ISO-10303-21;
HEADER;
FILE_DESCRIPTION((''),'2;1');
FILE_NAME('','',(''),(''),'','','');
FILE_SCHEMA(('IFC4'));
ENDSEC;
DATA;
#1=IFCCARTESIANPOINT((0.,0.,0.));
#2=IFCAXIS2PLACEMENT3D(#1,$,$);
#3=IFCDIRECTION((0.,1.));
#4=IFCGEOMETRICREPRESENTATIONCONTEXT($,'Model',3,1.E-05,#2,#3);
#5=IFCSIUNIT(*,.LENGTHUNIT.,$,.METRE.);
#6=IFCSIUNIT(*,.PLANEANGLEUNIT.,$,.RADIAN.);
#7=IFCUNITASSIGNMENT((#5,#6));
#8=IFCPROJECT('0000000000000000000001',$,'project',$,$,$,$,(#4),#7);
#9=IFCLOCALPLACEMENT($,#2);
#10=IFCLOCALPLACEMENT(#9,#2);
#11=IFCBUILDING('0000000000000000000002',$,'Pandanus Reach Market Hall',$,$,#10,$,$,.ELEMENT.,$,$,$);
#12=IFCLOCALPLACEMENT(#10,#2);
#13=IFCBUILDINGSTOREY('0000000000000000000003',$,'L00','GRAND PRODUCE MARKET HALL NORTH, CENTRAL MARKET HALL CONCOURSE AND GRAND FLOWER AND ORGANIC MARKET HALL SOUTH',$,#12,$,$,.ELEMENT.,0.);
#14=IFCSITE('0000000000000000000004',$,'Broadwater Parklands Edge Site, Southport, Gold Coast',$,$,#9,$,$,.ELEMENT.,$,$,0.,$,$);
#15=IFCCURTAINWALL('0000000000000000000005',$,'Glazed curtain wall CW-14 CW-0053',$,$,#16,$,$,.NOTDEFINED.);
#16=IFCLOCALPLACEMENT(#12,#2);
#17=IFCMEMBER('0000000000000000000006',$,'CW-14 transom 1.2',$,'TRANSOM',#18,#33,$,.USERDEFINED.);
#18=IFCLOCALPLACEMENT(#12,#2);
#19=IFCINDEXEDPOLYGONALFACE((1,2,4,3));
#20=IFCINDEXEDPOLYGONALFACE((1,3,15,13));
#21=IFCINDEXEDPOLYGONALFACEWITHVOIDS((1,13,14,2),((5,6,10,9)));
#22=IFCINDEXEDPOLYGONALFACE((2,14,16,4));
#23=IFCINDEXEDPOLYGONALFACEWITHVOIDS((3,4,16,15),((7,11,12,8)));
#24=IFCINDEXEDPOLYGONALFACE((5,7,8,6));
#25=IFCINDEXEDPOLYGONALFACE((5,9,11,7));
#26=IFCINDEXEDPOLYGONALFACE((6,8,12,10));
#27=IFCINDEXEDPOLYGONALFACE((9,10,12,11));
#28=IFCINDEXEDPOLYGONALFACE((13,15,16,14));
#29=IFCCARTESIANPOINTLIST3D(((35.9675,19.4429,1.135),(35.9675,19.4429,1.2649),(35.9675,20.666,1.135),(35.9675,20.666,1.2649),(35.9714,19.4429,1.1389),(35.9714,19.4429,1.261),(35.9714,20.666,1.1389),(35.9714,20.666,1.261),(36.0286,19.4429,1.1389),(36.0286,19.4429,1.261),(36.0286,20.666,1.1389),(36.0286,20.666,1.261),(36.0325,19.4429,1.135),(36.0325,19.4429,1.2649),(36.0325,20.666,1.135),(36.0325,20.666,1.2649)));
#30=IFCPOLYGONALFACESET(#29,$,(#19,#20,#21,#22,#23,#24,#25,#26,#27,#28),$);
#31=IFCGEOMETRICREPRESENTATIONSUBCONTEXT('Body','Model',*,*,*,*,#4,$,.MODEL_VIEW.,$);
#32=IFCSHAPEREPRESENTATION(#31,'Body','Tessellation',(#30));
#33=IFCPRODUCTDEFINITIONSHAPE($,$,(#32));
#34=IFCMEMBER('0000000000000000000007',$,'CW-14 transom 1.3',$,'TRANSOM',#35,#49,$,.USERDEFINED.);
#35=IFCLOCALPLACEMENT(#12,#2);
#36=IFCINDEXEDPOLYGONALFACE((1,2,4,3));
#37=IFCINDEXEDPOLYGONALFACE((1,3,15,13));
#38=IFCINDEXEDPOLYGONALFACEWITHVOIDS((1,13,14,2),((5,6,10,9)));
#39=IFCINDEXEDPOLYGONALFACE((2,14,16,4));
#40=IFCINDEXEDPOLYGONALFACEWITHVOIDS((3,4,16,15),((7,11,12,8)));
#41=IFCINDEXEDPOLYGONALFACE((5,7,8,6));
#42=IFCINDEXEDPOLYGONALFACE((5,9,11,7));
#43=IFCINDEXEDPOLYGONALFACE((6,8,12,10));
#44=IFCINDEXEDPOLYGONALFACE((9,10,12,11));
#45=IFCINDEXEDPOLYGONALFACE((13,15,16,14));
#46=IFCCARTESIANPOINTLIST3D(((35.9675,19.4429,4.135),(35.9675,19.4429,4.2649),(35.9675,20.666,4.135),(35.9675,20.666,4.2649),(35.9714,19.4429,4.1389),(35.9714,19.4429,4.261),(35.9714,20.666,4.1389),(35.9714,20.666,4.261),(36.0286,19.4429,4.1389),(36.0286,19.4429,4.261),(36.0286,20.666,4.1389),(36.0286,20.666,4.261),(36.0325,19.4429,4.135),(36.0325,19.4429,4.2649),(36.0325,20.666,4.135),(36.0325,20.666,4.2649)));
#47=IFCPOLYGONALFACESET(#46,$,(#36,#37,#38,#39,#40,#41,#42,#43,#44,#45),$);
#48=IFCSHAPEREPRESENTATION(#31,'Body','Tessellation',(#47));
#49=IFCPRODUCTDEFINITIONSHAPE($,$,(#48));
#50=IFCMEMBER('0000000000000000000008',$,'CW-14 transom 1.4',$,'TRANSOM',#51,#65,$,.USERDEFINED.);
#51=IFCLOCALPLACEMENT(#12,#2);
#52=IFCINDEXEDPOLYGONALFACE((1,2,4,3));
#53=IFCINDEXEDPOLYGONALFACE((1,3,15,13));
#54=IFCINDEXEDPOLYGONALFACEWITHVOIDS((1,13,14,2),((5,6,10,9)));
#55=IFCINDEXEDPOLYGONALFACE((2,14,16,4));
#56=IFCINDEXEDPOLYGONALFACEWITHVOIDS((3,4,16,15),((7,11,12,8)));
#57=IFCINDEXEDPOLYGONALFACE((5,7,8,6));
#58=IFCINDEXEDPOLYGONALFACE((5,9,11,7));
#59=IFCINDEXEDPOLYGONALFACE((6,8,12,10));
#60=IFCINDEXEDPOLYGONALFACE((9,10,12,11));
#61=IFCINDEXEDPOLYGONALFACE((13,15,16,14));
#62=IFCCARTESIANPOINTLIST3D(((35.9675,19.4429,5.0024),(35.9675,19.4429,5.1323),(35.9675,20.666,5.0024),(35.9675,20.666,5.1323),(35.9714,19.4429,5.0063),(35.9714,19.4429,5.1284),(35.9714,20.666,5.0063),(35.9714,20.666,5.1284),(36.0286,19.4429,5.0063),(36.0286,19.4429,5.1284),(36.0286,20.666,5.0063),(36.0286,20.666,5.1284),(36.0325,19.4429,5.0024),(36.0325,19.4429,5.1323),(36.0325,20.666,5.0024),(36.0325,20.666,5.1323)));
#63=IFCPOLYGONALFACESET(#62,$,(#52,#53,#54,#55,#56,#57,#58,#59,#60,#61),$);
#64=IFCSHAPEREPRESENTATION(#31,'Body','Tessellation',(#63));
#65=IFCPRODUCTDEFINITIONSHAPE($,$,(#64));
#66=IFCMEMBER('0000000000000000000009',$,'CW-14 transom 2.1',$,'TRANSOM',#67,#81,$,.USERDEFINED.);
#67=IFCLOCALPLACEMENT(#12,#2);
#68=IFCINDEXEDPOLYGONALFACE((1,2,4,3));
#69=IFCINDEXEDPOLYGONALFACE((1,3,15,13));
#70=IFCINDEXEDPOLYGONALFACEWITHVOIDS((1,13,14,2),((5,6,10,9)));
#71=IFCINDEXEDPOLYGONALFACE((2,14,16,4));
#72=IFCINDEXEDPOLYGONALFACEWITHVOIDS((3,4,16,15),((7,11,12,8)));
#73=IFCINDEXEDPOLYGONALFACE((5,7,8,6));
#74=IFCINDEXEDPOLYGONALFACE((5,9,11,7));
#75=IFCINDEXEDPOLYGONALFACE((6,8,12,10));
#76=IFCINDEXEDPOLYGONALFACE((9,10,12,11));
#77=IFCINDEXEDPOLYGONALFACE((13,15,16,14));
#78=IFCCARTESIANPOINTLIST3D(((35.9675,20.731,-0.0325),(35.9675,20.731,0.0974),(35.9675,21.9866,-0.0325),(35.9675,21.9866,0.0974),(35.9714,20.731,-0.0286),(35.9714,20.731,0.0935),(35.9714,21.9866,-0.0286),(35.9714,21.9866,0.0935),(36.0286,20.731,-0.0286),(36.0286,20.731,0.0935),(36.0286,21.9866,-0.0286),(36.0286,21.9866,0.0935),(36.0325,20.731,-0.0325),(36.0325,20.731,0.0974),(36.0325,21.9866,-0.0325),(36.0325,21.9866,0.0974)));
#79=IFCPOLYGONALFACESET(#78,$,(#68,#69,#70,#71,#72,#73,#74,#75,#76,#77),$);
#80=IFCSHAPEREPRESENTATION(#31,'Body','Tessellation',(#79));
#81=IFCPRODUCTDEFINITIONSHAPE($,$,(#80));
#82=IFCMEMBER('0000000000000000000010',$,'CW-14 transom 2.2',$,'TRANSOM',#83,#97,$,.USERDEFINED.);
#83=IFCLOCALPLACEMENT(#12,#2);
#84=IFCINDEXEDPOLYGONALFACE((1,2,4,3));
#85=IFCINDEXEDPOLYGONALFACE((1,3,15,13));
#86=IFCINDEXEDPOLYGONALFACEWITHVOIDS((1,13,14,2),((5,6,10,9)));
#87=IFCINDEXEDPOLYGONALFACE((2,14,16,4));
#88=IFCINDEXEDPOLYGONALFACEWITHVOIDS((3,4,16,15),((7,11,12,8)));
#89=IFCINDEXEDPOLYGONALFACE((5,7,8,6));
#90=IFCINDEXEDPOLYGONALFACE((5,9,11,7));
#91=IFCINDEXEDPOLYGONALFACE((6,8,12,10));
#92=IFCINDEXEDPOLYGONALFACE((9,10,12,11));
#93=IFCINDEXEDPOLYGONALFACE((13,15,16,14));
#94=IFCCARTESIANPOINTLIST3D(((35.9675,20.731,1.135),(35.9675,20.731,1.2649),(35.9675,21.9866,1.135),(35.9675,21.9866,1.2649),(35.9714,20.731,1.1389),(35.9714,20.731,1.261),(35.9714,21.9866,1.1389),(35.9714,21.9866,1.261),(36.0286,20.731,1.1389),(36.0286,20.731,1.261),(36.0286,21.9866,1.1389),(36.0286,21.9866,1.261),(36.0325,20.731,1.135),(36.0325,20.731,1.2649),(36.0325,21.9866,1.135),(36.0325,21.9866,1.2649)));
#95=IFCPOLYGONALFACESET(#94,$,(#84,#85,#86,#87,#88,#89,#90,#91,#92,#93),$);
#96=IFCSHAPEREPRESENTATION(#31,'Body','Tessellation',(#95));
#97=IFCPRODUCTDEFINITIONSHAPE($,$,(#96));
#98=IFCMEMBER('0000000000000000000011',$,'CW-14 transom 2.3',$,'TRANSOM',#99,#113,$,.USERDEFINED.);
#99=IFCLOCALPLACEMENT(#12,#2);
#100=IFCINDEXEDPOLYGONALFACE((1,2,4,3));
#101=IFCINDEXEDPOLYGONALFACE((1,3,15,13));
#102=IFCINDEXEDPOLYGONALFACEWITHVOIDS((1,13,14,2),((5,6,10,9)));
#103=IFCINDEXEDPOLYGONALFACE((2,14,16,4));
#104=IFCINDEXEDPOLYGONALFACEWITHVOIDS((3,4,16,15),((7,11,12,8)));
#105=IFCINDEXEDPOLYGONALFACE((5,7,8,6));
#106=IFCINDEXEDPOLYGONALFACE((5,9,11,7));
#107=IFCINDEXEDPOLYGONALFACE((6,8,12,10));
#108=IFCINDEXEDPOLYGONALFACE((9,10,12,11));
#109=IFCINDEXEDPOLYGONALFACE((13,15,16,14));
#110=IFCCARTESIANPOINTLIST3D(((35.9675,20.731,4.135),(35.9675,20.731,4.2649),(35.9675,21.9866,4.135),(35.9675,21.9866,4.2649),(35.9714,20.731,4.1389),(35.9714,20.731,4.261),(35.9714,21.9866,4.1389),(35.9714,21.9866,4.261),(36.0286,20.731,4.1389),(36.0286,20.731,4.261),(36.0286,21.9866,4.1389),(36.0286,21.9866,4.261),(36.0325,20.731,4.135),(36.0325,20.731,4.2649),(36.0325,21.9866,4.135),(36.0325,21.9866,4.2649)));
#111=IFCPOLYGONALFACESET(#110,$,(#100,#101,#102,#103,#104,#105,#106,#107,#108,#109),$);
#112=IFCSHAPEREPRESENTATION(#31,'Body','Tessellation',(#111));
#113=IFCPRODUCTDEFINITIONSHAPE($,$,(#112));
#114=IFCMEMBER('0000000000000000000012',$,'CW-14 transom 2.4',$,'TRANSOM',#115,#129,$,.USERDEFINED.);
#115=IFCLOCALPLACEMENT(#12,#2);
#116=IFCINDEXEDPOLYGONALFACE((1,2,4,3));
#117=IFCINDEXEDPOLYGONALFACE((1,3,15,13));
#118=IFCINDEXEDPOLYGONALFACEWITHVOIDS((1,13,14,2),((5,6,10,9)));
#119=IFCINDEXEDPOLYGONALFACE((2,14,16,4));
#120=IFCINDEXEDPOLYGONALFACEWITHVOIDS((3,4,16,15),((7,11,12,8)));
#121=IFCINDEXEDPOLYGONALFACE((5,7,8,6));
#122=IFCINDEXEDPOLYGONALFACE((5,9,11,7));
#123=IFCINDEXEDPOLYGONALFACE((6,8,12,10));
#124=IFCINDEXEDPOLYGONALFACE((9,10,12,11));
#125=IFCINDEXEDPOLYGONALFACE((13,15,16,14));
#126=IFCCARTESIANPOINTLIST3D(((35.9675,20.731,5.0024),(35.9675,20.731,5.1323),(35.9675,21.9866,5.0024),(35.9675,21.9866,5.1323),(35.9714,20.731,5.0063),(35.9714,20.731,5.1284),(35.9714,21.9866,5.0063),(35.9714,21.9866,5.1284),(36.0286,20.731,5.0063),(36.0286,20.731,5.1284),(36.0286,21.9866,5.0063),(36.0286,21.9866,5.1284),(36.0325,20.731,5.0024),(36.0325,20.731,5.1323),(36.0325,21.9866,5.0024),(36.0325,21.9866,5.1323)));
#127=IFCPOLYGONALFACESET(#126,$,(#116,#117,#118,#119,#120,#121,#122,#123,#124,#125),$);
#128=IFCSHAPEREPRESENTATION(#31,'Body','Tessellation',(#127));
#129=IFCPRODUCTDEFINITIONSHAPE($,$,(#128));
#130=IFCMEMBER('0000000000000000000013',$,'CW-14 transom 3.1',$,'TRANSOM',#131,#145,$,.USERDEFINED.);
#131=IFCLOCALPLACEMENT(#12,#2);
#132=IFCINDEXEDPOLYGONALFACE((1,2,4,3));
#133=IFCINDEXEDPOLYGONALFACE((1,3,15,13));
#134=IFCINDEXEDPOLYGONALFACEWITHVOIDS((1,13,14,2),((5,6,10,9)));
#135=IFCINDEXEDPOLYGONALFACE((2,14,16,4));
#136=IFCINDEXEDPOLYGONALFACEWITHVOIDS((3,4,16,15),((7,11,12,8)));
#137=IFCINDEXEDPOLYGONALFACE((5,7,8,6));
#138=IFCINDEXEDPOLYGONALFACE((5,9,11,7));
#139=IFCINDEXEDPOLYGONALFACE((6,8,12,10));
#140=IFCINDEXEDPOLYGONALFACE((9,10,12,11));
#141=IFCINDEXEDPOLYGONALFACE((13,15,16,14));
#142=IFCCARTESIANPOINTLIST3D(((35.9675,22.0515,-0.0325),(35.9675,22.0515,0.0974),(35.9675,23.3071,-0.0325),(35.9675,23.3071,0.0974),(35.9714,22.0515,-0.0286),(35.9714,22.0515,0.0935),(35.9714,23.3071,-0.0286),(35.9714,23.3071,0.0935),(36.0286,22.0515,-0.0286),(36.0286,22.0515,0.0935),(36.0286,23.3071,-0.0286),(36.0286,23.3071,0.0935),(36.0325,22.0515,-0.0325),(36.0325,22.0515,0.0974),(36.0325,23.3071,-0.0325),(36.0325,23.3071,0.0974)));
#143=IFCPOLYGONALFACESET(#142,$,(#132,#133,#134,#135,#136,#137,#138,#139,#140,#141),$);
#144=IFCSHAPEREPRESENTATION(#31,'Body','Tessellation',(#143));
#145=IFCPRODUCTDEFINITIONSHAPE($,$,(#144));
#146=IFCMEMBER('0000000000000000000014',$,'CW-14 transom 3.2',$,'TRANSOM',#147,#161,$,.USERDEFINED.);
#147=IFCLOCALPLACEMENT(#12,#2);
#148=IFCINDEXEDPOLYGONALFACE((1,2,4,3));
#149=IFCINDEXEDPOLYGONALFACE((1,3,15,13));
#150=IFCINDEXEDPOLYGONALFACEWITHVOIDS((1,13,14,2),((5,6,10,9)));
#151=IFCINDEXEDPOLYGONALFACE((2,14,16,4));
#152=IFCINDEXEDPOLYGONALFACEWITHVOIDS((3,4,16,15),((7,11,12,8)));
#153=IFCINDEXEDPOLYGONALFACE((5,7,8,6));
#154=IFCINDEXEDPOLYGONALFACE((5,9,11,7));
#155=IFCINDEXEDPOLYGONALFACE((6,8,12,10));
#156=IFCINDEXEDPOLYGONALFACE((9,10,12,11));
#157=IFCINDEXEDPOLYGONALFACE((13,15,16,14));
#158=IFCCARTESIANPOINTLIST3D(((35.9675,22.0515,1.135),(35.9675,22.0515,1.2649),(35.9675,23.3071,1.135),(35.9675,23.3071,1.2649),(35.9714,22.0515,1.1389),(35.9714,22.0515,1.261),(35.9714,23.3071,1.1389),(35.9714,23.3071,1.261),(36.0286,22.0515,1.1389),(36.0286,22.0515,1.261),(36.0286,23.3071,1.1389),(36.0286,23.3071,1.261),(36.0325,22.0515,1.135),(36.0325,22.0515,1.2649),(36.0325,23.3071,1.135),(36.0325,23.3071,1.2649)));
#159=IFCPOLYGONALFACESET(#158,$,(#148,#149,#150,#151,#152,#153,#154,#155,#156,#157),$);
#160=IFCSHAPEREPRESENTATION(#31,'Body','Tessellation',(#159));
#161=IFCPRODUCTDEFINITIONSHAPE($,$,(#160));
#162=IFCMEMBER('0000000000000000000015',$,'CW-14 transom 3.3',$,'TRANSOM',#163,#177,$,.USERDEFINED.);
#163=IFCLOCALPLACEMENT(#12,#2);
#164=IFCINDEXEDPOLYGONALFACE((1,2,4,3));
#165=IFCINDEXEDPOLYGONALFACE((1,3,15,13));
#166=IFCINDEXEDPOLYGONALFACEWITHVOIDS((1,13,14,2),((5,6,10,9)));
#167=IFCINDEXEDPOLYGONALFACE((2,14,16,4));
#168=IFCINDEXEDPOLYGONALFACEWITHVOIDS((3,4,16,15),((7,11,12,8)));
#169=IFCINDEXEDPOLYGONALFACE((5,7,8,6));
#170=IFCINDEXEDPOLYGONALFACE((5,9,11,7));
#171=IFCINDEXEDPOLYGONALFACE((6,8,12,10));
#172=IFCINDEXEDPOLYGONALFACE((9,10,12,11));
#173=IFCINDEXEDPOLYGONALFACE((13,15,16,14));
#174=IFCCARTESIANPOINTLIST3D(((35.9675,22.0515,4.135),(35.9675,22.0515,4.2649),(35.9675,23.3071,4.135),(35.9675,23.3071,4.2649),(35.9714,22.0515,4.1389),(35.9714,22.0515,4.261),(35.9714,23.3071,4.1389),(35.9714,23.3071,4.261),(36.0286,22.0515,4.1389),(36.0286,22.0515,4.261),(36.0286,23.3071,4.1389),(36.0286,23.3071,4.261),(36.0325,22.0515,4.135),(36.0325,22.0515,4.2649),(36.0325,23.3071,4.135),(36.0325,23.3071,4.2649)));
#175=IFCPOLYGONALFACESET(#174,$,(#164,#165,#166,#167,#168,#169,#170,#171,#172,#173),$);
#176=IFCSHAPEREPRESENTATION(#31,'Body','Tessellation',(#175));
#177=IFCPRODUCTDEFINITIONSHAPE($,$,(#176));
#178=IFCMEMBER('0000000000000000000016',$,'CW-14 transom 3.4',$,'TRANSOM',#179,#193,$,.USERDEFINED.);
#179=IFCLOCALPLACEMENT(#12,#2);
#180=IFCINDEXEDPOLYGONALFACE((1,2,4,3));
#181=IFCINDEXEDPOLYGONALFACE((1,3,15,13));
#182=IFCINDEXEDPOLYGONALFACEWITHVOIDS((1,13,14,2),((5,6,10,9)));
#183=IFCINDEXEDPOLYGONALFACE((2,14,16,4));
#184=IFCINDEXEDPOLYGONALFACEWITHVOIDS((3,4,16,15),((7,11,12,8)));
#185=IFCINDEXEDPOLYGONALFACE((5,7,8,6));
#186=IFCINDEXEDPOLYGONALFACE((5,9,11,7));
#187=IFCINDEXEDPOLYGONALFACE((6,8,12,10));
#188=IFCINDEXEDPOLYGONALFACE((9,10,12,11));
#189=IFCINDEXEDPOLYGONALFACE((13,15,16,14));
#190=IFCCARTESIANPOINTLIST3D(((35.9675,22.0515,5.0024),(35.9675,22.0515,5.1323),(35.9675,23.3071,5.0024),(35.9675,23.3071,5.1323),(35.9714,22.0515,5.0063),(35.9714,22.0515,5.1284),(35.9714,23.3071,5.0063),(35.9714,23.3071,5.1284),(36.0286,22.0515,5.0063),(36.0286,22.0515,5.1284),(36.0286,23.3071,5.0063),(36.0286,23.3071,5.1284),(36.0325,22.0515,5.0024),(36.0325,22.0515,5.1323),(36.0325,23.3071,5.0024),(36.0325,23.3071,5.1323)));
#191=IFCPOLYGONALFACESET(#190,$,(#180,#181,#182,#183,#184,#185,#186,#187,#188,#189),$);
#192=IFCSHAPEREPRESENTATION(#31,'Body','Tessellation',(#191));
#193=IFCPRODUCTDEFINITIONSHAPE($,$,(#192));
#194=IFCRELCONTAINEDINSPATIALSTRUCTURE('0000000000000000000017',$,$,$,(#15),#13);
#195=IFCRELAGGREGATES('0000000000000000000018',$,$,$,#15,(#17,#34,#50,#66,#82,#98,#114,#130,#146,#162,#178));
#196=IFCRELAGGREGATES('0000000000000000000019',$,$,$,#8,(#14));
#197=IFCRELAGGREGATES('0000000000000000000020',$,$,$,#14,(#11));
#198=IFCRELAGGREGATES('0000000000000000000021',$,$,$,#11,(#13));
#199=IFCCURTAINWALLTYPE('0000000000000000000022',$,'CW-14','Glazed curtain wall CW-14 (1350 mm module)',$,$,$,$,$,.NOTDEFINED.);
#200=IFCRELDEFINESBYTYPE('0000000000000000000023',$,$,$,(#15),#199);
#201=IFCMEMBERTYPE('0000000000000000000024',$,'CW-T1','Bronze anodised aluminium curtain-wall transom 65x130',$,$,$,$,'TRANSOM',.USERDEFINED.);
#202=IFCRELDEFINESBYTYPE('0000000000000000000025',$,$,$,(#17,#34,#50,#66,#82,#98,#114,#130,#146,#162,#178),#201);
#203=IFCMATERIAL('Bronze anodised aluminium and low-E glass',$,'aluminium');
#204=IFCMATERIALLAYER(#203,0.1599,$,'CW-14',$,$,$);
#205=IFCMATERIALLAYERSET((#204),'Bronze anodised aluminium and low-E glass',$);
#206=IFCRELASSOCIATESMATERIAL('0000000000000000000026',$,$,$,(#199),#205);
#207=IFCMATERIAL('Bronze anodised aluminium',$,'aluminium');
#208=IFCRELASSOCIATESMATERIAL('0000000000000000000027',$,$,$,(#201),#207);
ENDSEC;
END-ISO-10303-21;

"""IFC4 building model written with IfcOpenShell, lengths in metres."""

from ifc_helpers import new_model, si_unit, direction, frame, origin, origin_2d, place, context, subcontext, project, spatial, hollow_rectangle, extrude, material, layer, layer_set, material_profile, profile_set, type_object, element, aggregate, save


model = new_model("IFC4")

# Units and contexts
model_context = context("Model", 3, precision=1e-05, world=origin(), true_north=direction((0.0, 1.0)))
body_context = subcontext(model_context, "Body", "Model", "MODEL_VIEW")
ifc_project = project(units=[si_unit("LENGTHUNIT", "METRE"), si_unit("PLANEANGLEUNIT", "RADIAN")], contexts=[model_context])

# Site, building, storey
site_placement = place(None, origin())
site = spatial("IfcSite", under=ifc_project, at=site_placement, Name="Broadwater Parklands Edge Site, Southport, Gold Coast", CompositionType="ELEMENT", RefElevation=0.0)
building_placement = place(site_placement, origin())
building = spatial("IfcBuilding", under=site, at=building_placement, Name="Pandanus Reach Market Hall", CompositionType="ELEMENT")
storey_placement = place(building_placement, origin())
storey = spatial("IfcBuildingStorey", under=building, at=storey_placement, Name="L00", Description="GRAND PRODUCE MARKET HALL NORTH, CENTRAL MARKET HALL CONCOURSE AND GRAND FLOWER AND ORGANIC MARKET HALL SOUTH", CompositionType="ELEMENT", Elevation=0.0)

# Curtain wall, members
ifc_material_1 = material(Name="Bronze anodised aluminium and low-E glass", Category="aluminium")
ifc_layer_1 = layer(ifc_material_1, 0.1599, Name="CW-14")
ifc_layer_set_1 = layer_set([ifc_layer_1], Name="Bronze anodised aluminium and low-E glass")
curtain_wall_type = type_object("IfcCurtainWallType", Name="CW-14", Description="Glazed curtain wall CW-14 (1350 mm module)", PredefinedType="NOTDEFINED", material=ifc_layer_set_1)
curtain_wall_placement = place(storey_placement, origin())
curtain_wall = element("IfcCurtainWall", 1, at=curtain_wall_placement, inside=storey, type_object=curtain_wall_type, Name="Glazed curtain wall CW-14 CW-0053", PredefinedType="NOTDEFINED")
ifc_material_2 = material(Name="Bronze anodised aluminium", Category="aluminium")
ifc_material_profile_1 = material_profile(ifc_material_2, hollow_rectangle(XDim=0.0649, YDim=0.1299, WallThickness=0.0039, at=origin_2d()), Name="ALU65x130", Category="LoadBearing")
ifc_profile_set_1 = profile_set([ifc_material_profile_1], Name="Bronze anodised aluminium")
member_type_1 = type_object("IfcMemberType", Name="CW-T1", Description="Bronze anodised aluminium curtain-wall transom 65x130", ElementType="TRANSOM", PredefinedType="USERDEFINED", material=ifc_profile_set_1)
member_1_placement = place(storey_placement, frame((36.0, 19.4429, 1.2), z_axis=(0.0, 1.0, 0.0), x_axis=(-1.0, 0.0, 0.0)))
member_1 = element("IfcMember", 2, at=member_1_placement, type_object=member_type_1, Name="CW-14 transom 1.2", ObjectType="TRANSOM", PredefinedType="USERDEFINED", context=body_context, shape_type="SweptSolid", body=[
    extrude(hollow_rectangle(XDim=0.0649, YDim=0.1299, WallThickness=0.0039, at=origin_2d()), origin(), (0.0, 0.0, 1.0), 1.2231),
])
member_2_placement = place(storey_placement, frame((36.0, 19.4429, 4.2), z_axis=(0.0, 1.0, 0.0), x_axis=(-1.0, 0.0, 0.0)))
member_2 = element("IfcMember", 3, at=member_2_placement, type_object=member_type_1, Name="CW-14 transom 1.3", ObjectType="TRANSOM", PredefinedType="USERDEFINED", context=body_context, shape_type="SweptSolid", body=[
    extrude(hollow_rectangle(XDim=0.0649, YDim=0.1299, WallThickness=0.0039, at=origin_2d()), origin(), (0.0, 0.0, 1.0), 1.2231),
])
member_3_placement = place(storey_placement, frame((36.0, 19.4429, 5.0674), z_axis=(0.0, 1.0, 0.0), x_axis=(-1.0, 0.0, 0.0)))
member_3 = element("IfcMember", 4, at=member_3_placement, type_object=member_type_1, Name="CW-14 transom 1.4", ObjectType="TRANSOM", PredefinedType="USERDEFINED", context=body_context, shape_type="SweptSolid", body=[
    extrude(hollow_rectangle(XDim=0.0649, YDim=0.1299, WallThickness=0.0039, at=origin_2d()), origin(), (0.0, 0.0, 1.0), 1.2231),
])
member_4_placement = place(storey_placement, frame((36.0, 20.731, 0.0325), z_axis=(0.0, 1.0, 0.0), x_axis=(-1.0, 0.0, 0.0)))
member_4 = element("IfcMember", 5, at=member_4_placement, type_object=member_type_1, Name="CW-14 transom 2.1", ObjectType="TRANSOM", PredefinedType="USERDEFINED", context=body_context, shape_type="SweptSolid", body=[
    extrude(hollow_rectangle(XDim=0.0649, YDim=0.1299, WallThickness=0.0039, at=origin_2d()), origin(), (0.0, 0.0, 1.0), 1.2556),
])
member_5_placement = place(storey_placement, frame((36.0, 20.731, 1.2), z_axis=(0.0, 1.0, 0.0), x_axis=(-1.0, 0.0, 0.0)))
member_5 = element("IfcMember", 6, at=member_5_placement, type_object=member_type_1, Name="CW-14 transom 2.2", ObjectType="TRANSOM", PredefinedType="USERDEFINED", context=body_context, shape_type="SweptSolid", body=[
    extrude(hollow_rectangle(XDim=0.0649, YDim=0.1299, WallThickness=0.0039, at=origin_2d()), origin(), (0.0, 0.0, 1.0), 1.2556),
])
member_6_placement = place(storey_placement, frame((36.0, 20.731, 4.2), z_axis=(0.0, 1.0, 0.0), x_axis=(-1.0, 0.0, 0.0)))
member_6 = element("IfcMember", 7, at=member_6_placement, type_object=member_type_1, Name="CW-14 transom 2.3", ObjectType="TRANSOM", PredefinedType="USERDEFINED", context=body_context, shape_type="SweptSolid", body=[
    extrude(hollow_rectangle(XDim=0.0649, YDim=0.1299, WallThickness=0.0039, at=origin_2d()), origin(), (0.0, 0.0, 1.0), 1.2556),
])
member_7_placement = place(storey_placement, frame((36.0, 20.731, 5.0674), z_axis=(0.0, 1.0, 0.0), x_axis=(-1.0, 0.0, 0.0)))
member_7 = element("IfcMember", 8, at=member_7_placement, type_object=member_type_1, Name="CW-14 transom 2.4", ObjectType="TRANSOM", PredefinedType="USERDEFINED", context=body_context, shape_type="SweptSolid", body=[
    extrude(hollow_rectangle(XDim=0.0649, YDim=0.1299, WallThickness=0.0039, at=origin_2d()), origin(), (0.0, 0.0, 1.0), 1.2556),
])
member_8_placement = place(storey_placement, frame((36.0, 22.0515, 0.0325), z_axis=(0.0, 1.0, 0.0), x_axis=(-1.0, 0.0, 0.0)))
member_8 = element("IfcMember", 9, at=member_8_placement, type_object=member_type_1, Name="CW-14 transom 3.1", ObjectType="TRANSOM", PredefinedType="USERDEFINED", context=body_context, shape_type="SweptSolid", body=[
    extrude(hollow_rectangle(XDim=0.0649, YDim=0.1299, WallThickness=0.0039, at=origin_2d()), origin(), (0.0, 0.0, 1.0), 1.2556),
])
member_9_placement = place(storey_placement, frame((36.0, 22.0515, 1.2), z_axis=(0.0, 1.0, 0.0), x_axis=(-1.0, 0.0, 0.0)))
member_9 = element("IfcMember", 10, at=member_9_placement, type_object=member_type_1, Name="CW-14 transom 3.2", ObjectType="TRANSOM", PredefinedType="USERDEFINED", context=body_context, shape_type="SweptSolid", body=[
    extrude(hollow_rectangle(XDim=0.0649, YDim=0.1299, WallThickness=0.0039, at=origin_2d()), origin(), (0.0, 0.0, 1.0), 1.2556),
])
member_10_placement = place(storey_placement, frame((36.0, 22.0515, 4.2), z_axis=(0.0, 1.0, 0.0), x_axis=(-1.0, 0.0, 0.0)))
member_10 = element("IfcMember", 11, at=member_10_placement, type_object=member_type_1, Name="CW-14 transom 3.3", ObjectType="TRANSOM", PredefinedType="USERDEFINED", context=body_context, shape_type="SweptSolid", body=[
    extrude(hollow_rectangle(XDim=0.0649, YDim=0.1299, WallThickness=0.0039, at=origin_2d()), origin(), (0.0, 0.0, 1.0), 1.2556),
])
member_11_placement = place(storey_placement, frame((36.0, 22.0515, 5.0674), z_axis=(0.0, 1.0, 0.0), x_axis=(-1.0, 0.0, 0.0)))
member_11 = element("IfcMember", 12, at=member_11_placement, type_object=member_type_1, Name="CW-14 transom 3.4", ObjectType="TRANSOM", PredefinedType="USERDEFINED", context=body_context, shape_type="SweptSolid", body=[
    extrude(hollow_rectangle(XDim=0.0649, YDim=0.1299, WallThickness=0.0039, at=origin_2d()), origin(), (0.0, 0.0, 1.0), 1.2556),
])
aggregate(curtain_wall, [member_1, member_2, member_3, member_4, member_5, member_6, member_7, member_8, member_9, member_10, member_11])

save(model, "model.ifc")
